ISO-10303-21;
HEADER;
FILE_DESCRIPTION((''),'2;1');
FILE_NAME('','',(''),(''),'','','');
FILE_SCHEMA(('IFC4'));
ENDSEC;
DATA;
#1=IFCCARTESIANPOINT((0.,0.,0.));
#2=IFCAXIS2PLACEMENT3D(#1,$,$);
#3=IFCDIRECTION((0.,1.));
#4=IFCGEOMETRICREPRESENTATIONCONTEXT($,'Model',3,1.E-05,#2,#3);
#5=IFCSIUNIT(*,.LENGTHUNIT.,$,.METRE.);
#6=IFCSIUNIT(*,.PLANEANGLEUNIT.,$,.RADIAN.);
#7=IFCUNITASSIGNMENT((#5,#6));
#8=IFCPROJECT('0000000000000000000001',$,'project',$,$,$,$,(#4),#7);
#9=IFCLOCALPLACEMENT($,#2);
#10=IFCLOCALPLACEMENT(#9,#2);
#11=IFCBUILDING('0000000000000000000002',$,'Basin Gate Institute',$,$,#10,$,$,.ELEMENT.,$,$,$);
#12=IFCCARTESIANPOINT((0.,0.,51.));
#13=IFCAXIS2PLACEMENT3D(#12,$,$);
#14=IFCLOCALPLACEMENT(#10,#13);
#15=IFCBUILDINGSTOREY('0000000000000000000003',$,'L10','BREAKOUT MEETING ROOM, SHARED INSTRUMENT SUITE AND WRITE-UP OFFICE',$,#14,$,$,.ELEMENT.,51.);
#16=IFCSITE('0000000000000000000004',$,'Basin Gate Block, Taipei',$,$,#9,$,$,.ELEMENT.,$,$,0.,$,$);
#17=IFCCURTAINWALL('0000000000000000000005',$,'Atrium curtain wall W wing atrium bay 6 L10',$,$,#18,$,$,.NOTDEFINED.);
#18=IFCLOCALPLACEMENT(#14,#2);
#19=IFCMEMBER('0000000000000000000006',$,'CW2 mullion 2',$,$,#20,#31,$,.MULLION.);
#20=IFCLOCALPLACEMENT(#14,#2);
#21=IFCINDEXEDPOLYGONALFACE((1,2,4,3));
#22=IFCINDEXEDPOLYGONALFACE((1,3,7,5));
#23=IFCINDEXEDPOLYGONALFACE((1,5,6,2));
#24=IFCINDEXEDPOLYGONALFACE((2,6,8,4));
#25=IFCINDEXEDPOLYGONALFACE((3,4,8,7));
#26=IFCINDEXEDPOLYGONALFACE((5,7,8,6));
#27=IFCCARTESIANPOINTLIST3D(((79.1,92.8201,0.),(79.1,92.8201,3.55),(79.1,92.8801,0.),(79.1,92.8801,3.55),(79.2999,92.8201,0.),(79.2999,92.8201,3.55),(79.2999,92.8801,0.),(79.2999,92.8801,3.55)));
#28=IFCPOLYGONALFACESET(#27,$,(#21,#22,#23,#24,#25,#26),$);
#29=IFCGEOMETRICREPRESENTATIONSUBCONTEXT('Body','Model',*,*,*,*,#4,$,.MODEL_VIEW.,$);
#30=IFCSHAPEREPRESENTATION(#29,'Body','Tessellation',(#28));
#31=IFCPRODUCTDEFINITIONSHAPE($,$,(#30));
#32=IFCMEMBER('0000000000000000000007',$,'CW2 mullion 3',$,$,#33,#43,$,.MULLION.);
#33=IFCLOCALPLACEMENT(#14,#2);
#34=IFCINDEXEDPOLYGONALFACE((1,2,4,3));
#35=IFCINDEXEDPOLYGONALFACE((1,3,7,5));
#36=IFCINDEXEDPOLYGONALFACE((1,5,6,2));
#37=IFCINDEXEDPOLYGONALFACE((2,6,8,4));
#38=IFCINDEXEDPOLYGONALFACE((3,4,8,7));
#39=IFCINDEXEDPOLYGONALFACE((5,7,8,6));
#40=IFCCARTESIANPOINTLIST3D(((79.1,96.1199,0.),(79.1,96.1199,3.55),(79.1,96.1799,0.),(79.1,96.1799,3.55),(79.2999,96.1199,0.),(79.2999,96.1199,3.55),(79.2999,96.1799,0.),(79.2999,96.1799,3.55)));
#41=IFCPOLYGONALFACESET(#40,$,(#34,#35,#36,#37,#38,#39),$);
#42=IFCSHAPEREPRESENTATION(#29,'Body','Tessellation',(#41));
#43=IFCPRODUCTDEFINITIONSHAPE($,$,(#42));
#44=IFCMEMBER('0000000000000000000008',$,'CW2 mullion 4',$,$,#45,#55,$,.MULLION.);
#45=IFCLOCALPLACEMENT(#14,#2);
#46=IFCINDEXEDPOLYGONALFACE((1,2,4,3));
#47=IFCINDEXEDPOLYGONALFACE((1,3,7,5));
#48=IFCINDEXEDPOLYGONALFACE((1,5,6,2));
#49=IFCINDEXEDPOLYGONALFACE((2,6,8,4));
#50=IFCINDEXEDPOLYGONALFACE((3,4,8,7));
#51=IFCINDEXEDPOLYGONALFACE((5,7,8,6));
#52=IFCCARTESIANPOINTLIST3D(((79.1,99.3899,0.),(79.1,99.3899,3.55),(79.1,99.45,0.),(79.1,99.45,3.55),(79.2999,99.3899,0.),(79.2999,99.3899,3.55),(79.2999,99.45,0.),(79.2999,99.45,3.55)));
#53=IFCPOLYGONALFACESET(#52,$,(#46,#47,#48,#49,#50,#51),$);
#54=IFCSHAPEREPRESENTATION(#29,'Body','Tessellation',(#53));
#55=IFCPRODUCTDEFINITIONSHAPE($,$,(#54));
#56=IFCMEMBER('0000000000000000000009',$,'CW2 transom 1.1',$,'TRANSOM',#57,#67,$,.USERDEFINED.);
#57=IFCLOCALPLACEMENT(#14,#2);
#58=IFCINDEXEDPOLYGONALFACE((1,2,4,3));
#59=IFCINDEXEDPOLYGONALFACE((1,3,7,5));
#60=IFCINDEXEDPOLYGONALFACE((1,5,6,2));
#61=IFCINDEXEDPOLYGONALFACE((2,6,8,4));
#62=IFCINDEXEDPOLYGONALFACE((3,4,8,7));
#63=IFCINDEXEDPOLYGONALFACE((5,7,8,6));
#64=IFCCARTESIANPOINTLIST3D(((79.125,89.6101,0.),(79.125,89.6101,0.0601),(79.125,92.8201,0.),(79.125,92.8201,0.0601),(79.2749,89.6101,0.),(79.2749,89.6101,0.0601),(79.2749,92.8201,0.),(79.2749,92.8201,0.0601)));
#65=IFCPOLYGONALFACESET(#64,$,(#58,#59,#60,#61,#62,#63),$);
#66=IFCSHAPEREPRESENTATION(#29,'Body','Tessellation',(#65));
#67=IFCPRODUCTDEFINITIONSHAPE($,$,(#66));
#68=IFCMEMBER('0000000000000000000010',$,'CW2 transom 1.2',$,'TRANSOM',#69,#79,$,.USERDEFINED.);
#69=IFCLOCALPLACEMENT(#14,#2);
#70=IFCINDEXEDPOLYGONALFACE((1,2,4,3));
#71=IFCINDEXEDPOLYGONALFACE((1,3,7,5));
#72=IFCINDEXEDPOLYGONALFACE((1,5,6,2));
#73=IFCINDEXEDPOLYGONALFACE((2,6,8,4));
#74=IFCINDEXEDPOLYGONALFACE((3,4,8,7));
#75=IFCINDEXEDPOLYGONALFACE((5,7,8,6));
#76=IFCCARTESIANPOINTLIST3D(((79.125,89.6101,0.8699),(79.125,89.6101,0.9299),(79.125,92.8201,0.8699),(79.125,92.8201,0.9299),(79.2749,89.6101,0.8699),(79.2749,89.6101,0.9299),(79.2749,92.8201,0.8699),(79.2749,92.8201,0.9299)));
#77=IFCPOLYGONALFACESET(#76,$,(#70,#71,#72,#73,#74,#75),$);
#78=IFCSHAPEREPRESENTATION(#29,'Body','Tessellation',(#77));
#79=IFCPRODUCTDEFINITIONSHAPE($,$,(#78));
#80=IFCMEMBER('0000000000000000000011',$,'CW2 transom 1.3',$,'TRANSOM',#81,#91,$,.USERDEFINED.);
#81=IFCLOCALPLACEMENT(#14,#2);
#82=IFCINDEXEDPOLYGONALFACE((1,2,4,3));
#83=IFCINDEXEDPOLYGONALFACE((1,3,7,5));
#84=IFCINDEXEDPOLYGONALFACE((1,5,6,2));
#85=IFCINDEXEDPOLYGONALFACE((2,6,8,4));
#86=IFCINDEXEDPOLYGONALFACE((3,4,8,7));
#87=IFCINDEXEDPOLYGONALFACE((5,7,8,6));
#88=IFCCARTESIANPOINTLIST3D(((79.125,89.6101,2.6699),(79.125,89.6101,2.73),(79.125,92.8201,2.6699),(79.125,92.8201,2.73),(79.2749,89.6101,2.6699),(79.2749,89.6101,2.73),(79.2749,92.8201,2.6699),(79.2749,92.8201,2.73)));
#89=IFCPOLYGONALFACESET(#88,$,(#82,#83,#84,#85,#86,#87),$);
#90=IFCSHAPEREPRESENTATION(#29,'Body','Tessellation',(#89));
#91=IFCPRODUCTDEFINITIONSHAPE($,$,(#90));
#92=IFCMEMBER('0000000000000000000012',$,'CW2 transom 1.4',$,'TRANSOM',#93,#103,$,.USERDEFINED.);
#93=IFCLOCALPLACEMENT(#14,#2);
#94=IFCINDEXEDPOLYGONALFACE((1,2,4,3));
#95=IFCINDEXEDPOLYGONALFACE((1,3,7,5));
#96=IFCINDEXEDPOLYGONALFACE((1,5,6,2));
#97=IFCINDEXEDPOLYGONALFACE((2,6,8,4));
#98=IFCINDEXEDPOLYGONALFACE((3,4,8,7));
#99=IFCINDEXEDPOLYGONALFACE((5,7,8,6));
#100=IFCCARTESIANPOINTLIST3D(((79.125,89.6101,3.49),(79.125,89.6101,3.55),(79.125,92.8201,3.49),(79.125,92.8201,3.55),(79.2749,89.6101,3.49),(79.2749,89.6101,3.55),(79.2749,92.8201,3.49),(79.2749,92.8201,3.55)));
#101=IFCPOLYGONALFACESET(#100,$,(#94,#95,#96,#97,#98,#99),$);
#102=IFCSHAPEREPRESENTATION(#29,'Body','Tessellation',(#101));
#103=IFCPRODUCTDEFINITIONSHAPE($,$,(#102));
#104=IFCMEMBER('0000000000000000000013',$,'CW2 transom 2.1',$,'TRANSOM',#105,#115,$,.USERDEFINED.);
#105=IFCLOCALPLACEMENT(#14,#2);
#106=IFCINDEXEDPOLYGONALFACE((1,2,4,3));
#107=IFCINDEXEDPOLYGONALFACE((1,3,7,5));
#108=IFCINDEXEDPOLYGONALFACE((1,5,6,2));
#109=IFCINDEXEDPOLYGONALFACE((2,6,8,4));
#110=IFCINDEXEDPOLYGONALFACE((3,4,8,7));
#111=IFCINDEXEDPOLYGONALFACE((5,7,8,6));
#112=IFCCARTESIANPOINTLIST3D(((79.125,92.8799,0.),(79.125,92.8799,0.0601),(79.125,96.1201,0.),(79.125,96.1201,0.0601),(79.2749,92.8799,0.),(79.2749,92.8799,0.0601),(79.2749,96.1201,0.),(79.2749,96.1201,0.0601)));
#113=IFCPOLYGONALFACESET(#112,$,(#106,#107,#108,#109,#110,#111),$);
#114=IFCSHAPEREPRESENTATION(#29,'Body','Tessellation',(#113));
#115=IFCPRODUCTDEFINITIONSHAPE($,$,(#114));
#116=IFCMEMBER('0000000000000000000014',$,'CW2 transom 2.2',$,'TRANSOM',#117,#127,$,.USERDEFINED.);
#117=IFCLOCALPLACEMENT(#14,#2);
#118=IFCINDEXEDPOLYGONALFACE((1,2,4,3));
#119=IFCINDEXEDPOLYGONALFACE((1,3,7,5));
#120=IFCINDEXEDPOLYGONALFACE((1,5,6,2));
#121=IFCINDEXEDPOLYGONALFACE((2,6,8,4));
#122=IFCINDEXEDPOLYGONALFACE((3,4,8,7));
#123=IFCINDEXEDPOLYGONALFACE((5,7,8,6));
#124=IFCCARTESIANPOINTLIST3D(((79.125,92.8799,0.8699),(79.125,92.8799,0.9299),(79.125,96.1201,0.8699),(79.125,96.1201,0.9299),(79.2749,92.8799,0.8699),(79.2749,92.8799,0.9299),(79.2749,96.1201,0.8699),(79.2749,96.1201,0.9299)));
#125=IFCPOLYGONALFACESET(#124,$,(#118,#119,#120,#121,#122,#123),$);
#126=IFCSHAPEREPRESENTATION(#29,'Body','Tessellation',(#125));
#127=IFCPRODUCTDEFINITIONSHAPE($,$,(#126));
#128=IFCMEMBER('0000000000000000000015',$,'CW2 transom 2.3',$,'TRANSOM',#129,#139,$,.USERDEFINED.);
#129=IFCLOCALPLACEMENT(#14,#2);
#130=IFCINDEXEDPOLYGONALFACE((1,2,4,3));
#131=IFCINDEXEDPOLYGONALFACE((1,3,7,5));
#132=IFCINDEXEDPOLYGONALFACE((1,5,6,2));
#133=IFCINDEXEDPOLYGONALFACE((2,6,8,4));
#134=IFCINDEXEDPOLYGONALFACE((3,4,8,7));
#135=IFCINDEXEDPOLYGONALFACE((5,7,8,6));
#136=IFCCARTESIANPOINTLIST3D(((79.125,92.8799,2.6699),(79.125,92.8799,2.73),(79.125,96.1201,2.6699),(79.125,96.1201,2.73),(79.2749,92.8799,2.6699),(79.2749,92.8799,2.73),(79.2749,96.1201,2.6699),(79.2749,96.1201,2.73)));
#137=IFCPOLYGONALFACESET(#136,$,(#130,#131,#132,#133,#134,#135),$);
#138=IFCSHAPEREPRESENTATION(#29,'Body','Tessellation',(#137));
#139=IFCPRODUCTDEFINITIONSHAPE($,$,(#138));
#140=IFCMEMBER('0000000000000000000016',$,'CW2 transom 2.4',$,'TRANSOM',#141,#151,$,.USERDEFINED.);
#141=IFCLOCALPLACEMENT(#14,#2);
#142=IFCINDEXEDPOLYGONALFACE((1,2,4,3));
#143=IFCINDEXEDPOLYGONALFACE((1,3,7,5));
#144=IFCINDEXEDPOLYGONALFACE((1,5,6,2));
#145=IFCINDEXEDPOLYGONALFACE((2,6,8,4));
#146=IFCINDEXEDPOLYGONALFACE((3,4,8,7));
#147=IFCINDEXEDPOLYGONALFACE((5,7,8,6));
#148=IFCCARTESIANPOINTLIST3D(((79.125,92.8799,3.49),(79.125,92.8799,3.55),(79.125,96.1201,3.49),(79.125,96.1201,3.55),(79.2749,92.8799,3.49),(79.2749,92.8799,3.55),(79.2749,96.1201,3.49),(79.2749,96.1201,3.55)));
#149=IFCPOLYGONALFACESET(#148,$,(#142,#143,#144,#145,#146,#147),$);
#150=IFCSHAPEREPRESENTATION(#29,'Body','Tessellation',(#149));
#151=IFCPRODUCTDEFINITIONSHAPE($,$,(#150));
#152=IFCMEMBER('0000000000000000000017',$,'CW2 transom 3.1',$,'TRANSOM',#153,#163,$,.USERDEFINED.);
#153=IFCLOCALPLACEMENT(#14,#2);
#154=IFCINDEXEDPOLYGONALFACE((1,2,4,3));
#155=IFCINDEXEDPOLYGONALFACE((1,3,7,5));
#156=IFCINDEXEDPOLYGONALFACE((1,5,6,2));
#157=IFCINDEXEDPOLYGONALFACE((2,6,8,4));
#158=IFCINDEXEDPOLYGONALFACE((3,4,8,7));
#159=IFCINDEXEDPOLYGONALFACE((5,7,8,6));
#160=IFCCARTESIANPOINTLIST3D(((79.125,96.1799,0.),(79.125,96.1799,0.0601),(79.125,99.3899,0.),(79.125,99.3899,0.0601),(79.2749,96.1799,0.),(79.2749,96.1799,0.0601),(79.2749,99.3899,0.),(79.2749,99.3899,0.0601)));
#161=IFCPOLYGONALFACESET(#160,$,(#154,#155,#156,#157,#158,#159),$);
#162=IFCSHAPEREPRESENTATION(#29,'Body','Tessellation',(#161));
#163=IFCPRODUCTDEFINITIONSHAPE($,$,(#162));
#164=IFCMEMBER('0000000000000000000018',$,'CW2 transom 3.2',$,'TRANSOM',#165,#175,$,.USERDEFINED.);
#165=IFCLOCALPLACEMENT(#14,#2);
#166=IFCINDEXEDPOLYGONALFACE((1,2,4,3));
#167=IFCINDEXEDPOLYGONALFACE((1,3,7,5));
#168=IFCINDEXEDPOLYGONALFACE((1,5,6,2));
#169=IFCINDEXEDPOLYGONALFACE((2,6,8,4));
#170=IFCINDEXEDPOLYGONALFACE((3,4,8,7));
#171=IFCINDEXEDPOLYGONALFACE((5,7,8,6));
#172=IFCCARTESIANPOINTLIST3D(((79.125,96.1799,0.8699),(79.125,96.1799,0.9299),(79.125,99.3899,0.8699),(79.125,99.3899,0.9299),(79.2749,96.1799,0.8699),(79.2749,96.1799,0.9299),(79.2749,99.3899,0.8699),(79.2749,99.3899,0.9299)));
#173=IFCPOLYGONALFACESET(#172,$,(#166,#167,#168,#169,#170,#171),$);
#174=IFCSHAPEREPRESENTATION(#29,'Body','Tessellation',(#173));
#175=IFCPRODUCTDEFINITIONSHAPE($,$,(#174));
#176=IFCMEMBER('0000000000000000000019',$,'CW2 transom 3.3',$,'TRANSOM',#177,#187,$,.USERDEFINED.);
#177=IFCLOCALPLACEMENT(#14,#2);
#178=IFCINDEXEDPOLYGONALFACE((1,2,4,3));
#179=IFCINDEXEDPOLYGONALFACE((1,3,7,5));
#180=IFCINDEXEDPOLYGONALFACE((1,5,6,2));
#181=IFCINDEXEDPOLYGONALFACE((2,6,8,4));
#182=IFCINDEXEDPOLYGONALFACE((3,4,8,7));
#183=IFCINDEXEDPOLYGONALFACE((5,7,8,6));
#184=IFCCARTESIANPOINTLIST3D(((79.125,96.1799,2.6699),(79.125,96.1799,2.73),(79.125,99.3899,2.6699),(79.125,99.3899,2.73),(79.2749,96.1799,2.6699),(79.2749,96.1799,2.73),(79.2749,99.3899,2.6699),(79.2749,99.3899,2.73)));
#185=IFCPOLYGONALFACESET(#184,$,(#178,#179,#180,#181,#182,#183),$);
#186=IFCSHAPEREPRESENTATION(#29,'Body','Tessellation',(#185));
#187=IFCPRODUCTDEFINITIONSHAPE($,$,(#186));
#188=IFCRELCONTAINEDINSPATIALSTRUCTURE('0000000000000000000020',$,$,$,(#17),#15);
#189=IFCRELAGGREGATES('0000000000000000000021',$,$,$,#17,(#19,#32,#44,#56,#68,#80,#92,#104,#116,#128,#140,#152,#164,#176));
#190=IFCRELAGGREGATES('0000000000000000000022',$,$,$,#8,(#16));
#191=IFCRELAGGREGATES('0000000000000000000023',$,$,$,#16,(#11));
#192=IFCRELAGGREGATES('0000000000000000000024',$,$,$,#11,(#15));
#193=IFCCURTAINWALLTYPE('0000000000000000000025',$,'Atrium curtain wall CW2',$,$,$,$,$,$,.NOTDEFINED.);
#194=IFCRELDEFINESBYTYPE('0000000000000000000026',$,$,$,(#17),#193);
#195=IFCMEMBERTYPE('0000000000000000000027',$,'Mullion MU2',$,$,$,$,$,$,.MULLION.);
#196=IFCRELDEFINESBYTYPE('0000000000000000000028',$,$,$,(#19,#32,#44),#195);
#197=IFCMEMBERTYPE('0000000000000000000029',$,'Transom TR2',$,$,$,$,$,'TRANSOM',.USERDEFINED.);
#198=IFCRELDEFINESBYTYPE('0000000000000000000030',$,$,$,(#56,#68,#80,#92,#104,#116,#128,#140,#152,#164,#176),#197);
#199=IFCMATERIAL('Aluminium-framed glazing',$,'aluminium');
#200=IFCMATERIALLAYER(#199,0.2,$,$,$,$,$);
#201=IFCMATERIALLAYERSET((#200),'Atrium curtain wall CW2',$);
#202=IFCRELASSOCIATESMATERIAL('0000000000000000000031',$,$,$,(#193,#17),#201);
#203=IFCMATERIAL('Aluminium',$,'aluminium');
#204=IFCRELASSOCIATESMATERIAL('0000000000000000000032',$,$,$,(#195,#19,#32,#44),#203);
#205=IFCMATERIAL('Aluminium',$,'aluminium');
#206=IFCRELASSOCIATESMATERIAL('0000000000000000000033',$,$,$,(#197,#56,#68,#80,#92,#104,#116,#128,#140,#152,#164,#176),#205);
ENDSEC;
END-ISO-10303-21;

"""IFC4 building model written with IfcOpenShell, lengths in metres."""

from ifc_helpers import new_model, si_unit, direction, frame, origin, origin_2d, place, context, subcontext, project, spatial, rectangle, extrude, material, layer, layer_set, material_profile, profile_set, type_object, element, aggregate, save


model = new_model("IFC4")

# Units and contexts
model_context = context("Model", 3, precision=1e-05, world=origin(), true_north=direction((0.0, 1.0)))
body_context = subcontext(model_context, "Body", "Model", "MODEL_VIEW")
ifc_project = project(units=[si_unit("LENGTHUNIT", "METRE"), si_unit("PLANEANGLEUNIT", "RADIAN")], contexts=[model_context])

# Site, building, storey
site_placement = place(None, origin())
site = spatial("IfcSite", under=ifc_project, at=site_placement, Name="Basin Gate Block, Taipei", CompositionType="ELEMENT", RefElevation=0.0)
building_placement = place(site_placement, origin())
building = spatial("IfcBuilding", under=site, at=building_placement, Name="Basin Gate Institute", CompositionType="ELEMENT")
storey_placement = place(building_placement, frame((0.0, 0.0, 51.0)))
storey = spatial("IfcBuildingStorey", under=building, at=storey_placement, Name="L10", Description="BREAKOUT MEETING ROOM, SHARED INSTRUMENT SUITE AND WRITE-UP OFFICE", CompositionType="ELEMENT", Elevation=51.0)

# Curtain wall, members
ifc_material_1 = material(Name="Aluminium-framed glazing", Category="aluminium")
ifc_layer_1 = layer(ifc_material_1, 0.2)
ifc_layer_set_1 = layer_set([ifc_layer_1], Name="Atrium curtain wall CW2")
curtain_wall_type = type_object("IfcCurtainWallType", Name="Atrium curtain wall CW2", PredefinedType="NOTDEFINED", material=ifc_layer_set_1)
curtain_wall_placement = place(storey_placement, origin())
curtain_wall = element("IfcCurtainWall", 1, at=curtain_wall_placement, inside=storey, type_object=curtain_wall_type, material=ifc_layer_set_1, Name="Atrium curtain wall W wing atrium bay 6 L10", PredefinedType="NOTDEFINED")
ifc_material_2 = material(Name="Aluminium", Category="aluminium")
ifc_material_profile_1 = material_profile(ifc_material_2, rectangle(XDim=0.2, YDim=0.0601, at=origin_2d()), Name="Mullion MU2 200 x 60")
ifc_profile_set_1 = profile_set([ifc_material_profile_1], Name="Aluminium")
member_type_1 = type_object("IfcMemberType", Name="Mullion MU2", PredefinedType="MULLION", material=ifc_profile_set_1)
member_1_placement = place(storey_placement, frame((79.2, 92.8501, 0.0), z_axis=(0.0, 0.0, 1.0), x_axis=(-1.0, 0.0, 0.0)))
member_1 = element("IfcMember", 2, at=member_1_placement, type_object=member_type_1, material=ifc_profile_set_1, Name="CW2 mullion 2", PredefinedType="MULLION", context=body_context, shape_type="SweptSolid", body=[
    extrude(rectangle(XDim=0.2, YDim=0.0601, at=origin_2d()), origin(), (0.0, 0.0, 1.0), 3.55),
])
member_2_placement = place(storey_placement, frame((79.2, 96.1499, 0.0), z_axis=(0.0, 0.0, 1.0), x_axis=(-1.0, 0.0, 0.0)))
member_2 = element("IfcMember", 3, at=member_2_placement, type_object=member_type_1, material=ifc_profile_set_1, Name="CW2 mullion 3", PredefinedType="MULLION", context=body_context, shape_type="SweptSolid", body=[
    extrude(rectangle(XDim=0.2, YDim=0.0601, at=origin_2d()), origin(), (0.0, 0.0, 1.0), 3.55),
])
member_3_placement = place(storey_placement, frame((79.2, 99.4199, 0.0), z_axis=(0.0, 0.0, 1.0), x_axis=(-1.0, 0.0, 0.0)))
member_3 = element("IfcMember", 4, at=member_3_placement, type_object=member_type_1, material=ifc_profile_set_1, Name="CW2 mullion 4", PredefinedType="MULLION", context=body_context, shape_type="SweptSolid", body=[
    extrude(rectangle(XDim=0.2, YDim=0.0601, at=origin_2d()), origin(), (0.0, 0.0, 1.0), 3.55),
])
ifc_material_3 = material(Name="Aluminium", Category="aluminium")
ifc_material_profile_2 = material_profile(ifc_material_3, rectangle(XDim=0.1499, YDim=0.0601, at=origin_2d()), Name="Transom TR2 150 x 60")
ifc_profile_set_2 = profile_set([ifc_material_profile_2], Name="Aluminium")
member_type_2 = type_object("IfcMemberType", Name="Transom TR2", ElementType="TRANSOM", PredefinedType="USERDEFINED", material=ifc_profile_set_2)
member_4_placement = place(storey_placement, frame((79.2, 89.6101, 0.03), z_axis=(0.0, 1.0, 0.0), x_axis=(-1.0, 0.0, 0.0)))
member_4 = element("IfcMember", 5, at=member_4_placement, type_object=member_type_2, material=ifc_profile_set_2, Name="CW2 transom 1.1", ObjectType="TRANSOM", PredefinedType="USERDEFINED", context=body_context, shape_type="SweptSolid", body=[
    extrude(rectangle(XDim=0.1499, YDim=0.0601, at=origin_2d()), origin(), (0.0, 0.0, 1.0), 3.21),
])
member_5_placement = place(storey_placement, frame((79.2, 89.6101, 0.8999), z_axis=(0.0, 1.0, 0.0), x_axis=(-1.0, 0.0, 0.0)))
member_5 = element("IfcMember", 6, at=member_5_placement, type_object=member_type_2, material=ifc_profile_set_2, Name="CW2 transom 1.2", ObjectType="TRANSOM", PredefinedType="USERDEFINED", context=body_context, shape_type="SweptSolid", body=[
    extrude(rectangle(XDim=0.1499, YDim=0.0601, at=origin_2d()), origin(), (0.0, 0.0, 1.0), 3.21),
])
member_6_placement = place(storey_placement, frame((79.2, 89.6101, 2.7), z_axis=(0.0, 1.0, 0.0), x_axis=(-1.0, 0.0, 0.0)))
member_6 = element("IfcMember", 7, at=member_6_placement, type_object=member_type_2, material=ifc_profile_set_2, Name="CW2 transom 1.3", ObjectType="TRANSOM", PredefinedType="USERDEFINED", context=body_context, shape_type="SweptSolid", body=[
    extrude(rectangle(XDim=0.1499, YDim=0.0601, at=origin_2d()), origin(), (0.0, 0.0, 1.0), 3.21),
])
member_7_placement = place(storey_placement, frame((79.2, 89.6101, 3.52), z_axis=(0.0, 1.0, 0.0), x_axis=(-1.0, 0.0, 0.0)))
member_7 = element("IfcMember", 8, at=member_7_placement, type_object=member_type_2, material=ifc_profile_set_2, Name="CW2 transom 1.4", ObjectType="TRANSOM", PredefinedType="USERDEFINED", context=body_context, shape_type="SweptSolid", body=[
    extrude(rectangle(XDim=0.1499, YDim=0.0601, at=origin_2d()), origin(), (0.0, 0.0, 1.0), 3.21),
])
member_8_placement = place(storey_placement, frame((79.2, 92.8799, 0.03), z_axis=(0.0, 1.0, 0.0), x_axis=(-1.0, 0.0, 0.0)))
member_8 = element("IfcMember", 9, at=member_8_placement, type_object=member_type_2, material=ifc_profile_set_2, Name="CW2 transom 2.1", ObjectType="TRANSOM", PredefinedType="USERDEFINED", context=body_context, shape_type="SweptSolid", body=[
    extrude(rectangle(XDim=0.1499, YDim=0.0601, at=origin_2d()), origin(), (0.0, 0.0, 1.0), 3.2402),
])
member_9_placement = place(storey_placement, frame((79.2, 92.8799, 0.8999), z_axis=(0.0, 1.0, 0.0), x_axis=(-1.0, 0.0, 0.0)))
member_9 = element("IfcMember", 10, at=member_9_placement, type_object=member_type_2, material=ifc_profile_set_2, Name="CW2 transom 2.2", ObjectType="TRANSOM", PredefinedType="USERDEFINED", context=body_context, shape_type="SweptSolid", body=[
    extrude(rectangle(XDim=0.1499, YDim=0.0601, at=origin_2d()), origin(), (0.0, 0.0, 1.0), 3.2402),
])
member_10_placement = place(storey_placement, frame((79.2, 92.8799, 2.7), z_axis=(0.0, 1.0, 0.0), x_axis=(-1.0, 0.0, 0.0)))
member_10 = element("IfcMember", 11, at=member_10_placement, type_object=member_type_2, material=ifc_profile_set_2, Name="CW2 transom 2.3", ObjectType="TRANSOM", PredefinedType="USERDEFINED", context=body_context, shape_type="SweptSolid", body=[
    extrude(rectangle(XDim=0.1499, YDim=0.0601, at=origin_2d()), origin(), (0.0, 0.0, 1.0), 3.2402),
])
member_11_placement = place(storey_placement, frame((79.2, 92.8799, 3.52), z_axis=(0.0, 1.0, 0.0), x_axis=(-1.0, 0.0, 0.0)))
member_11 = element("IfcMember", 12, at=member_11_placement, type_object=member_type_2, material=ifc_profile_set_2, Name="CW2 transom 2.4", ObjectType="TRANSOM", PredefinedType="USERDEFINED", context=body_context, shape_type="SweptSolid", body=[
    extrude(rectangle(XDim=0.1499, YDim=0.0601, at=origin_2d()), origin(), (0.0, 0.0, 1.0), 3.2402),
])
member_12_placement = place(storey_placement, frame((79.2, 96.1799, 0.03), z_axis=(0.0, 1.0, 0.0), x_axis=(-1.0, 0.0, 0.0)))
member_12 = element("IfcMember", 13, at=member_12_placement, type_object=member_type_2, material=ifc_profile_set_2, Name="CW2 transom 3.1", ObjectType="TRANSOM", PredefinedType="USERDEFINED", context=body_context, shape_type="SweptSolid", body=[
    extrude(rectangle(XDim=0.1499, YDim=0.0601, at=origin_2d()), origin(), (0.0, 0.0, 1.0), 3.21),
])
member_13_placement = place(storey_placement, frame((79.2, 96.1799, 0.8999), z_axis=(0.0, 1.0, 0.0), x_axis=(-1.0, 0.0, 0.0)))
member_13 = element("IfcMember", 14, at=member_13_placement, type_object=member_type_2, material=ifc_profile_set_2, Name="CW2 transom 3.2", ObjectType="TRANSOM", PredefinedType="USERDEFINED", context=body_context, shape_type="SweptSolid", body=[
    extrude(rectangle(XDim=0.1499, YDim=0.0601, at=origin_2d()), origin(), (0.0, 0.0, 1.0), 3.21),
])
member_14_placement = place(storey_placement, frame((79.2, 96.1799, 2.7), z_axis=(0.0, 1.0, 0.0), x_axis=(-1.0, 0.0, 0.0)))
member_14 = element("IfcMember", 15, at=member_14_placement, type_object=member_type_2, material=ifc_profile_set_2, Name="CW2 transom 3.3", ObjectType="TRANSOM", PredefinedType="USERDEFINED", context=body_context, shape_type="SweptSolid", body=[
    extrude(rectangle(XDim=0.1499, YDim=0.0601, at=origin_2d()), origin(), (0.0, 0.0, 1.0), 3.21),
])
aggregate(curtain_wall, [member_1, member_2, member_3, member_4, member_5, member_6, member_7, member_8, member_9, member_10, member_11, member_12, member_13, member_14])

save(model, "model.ifc")
